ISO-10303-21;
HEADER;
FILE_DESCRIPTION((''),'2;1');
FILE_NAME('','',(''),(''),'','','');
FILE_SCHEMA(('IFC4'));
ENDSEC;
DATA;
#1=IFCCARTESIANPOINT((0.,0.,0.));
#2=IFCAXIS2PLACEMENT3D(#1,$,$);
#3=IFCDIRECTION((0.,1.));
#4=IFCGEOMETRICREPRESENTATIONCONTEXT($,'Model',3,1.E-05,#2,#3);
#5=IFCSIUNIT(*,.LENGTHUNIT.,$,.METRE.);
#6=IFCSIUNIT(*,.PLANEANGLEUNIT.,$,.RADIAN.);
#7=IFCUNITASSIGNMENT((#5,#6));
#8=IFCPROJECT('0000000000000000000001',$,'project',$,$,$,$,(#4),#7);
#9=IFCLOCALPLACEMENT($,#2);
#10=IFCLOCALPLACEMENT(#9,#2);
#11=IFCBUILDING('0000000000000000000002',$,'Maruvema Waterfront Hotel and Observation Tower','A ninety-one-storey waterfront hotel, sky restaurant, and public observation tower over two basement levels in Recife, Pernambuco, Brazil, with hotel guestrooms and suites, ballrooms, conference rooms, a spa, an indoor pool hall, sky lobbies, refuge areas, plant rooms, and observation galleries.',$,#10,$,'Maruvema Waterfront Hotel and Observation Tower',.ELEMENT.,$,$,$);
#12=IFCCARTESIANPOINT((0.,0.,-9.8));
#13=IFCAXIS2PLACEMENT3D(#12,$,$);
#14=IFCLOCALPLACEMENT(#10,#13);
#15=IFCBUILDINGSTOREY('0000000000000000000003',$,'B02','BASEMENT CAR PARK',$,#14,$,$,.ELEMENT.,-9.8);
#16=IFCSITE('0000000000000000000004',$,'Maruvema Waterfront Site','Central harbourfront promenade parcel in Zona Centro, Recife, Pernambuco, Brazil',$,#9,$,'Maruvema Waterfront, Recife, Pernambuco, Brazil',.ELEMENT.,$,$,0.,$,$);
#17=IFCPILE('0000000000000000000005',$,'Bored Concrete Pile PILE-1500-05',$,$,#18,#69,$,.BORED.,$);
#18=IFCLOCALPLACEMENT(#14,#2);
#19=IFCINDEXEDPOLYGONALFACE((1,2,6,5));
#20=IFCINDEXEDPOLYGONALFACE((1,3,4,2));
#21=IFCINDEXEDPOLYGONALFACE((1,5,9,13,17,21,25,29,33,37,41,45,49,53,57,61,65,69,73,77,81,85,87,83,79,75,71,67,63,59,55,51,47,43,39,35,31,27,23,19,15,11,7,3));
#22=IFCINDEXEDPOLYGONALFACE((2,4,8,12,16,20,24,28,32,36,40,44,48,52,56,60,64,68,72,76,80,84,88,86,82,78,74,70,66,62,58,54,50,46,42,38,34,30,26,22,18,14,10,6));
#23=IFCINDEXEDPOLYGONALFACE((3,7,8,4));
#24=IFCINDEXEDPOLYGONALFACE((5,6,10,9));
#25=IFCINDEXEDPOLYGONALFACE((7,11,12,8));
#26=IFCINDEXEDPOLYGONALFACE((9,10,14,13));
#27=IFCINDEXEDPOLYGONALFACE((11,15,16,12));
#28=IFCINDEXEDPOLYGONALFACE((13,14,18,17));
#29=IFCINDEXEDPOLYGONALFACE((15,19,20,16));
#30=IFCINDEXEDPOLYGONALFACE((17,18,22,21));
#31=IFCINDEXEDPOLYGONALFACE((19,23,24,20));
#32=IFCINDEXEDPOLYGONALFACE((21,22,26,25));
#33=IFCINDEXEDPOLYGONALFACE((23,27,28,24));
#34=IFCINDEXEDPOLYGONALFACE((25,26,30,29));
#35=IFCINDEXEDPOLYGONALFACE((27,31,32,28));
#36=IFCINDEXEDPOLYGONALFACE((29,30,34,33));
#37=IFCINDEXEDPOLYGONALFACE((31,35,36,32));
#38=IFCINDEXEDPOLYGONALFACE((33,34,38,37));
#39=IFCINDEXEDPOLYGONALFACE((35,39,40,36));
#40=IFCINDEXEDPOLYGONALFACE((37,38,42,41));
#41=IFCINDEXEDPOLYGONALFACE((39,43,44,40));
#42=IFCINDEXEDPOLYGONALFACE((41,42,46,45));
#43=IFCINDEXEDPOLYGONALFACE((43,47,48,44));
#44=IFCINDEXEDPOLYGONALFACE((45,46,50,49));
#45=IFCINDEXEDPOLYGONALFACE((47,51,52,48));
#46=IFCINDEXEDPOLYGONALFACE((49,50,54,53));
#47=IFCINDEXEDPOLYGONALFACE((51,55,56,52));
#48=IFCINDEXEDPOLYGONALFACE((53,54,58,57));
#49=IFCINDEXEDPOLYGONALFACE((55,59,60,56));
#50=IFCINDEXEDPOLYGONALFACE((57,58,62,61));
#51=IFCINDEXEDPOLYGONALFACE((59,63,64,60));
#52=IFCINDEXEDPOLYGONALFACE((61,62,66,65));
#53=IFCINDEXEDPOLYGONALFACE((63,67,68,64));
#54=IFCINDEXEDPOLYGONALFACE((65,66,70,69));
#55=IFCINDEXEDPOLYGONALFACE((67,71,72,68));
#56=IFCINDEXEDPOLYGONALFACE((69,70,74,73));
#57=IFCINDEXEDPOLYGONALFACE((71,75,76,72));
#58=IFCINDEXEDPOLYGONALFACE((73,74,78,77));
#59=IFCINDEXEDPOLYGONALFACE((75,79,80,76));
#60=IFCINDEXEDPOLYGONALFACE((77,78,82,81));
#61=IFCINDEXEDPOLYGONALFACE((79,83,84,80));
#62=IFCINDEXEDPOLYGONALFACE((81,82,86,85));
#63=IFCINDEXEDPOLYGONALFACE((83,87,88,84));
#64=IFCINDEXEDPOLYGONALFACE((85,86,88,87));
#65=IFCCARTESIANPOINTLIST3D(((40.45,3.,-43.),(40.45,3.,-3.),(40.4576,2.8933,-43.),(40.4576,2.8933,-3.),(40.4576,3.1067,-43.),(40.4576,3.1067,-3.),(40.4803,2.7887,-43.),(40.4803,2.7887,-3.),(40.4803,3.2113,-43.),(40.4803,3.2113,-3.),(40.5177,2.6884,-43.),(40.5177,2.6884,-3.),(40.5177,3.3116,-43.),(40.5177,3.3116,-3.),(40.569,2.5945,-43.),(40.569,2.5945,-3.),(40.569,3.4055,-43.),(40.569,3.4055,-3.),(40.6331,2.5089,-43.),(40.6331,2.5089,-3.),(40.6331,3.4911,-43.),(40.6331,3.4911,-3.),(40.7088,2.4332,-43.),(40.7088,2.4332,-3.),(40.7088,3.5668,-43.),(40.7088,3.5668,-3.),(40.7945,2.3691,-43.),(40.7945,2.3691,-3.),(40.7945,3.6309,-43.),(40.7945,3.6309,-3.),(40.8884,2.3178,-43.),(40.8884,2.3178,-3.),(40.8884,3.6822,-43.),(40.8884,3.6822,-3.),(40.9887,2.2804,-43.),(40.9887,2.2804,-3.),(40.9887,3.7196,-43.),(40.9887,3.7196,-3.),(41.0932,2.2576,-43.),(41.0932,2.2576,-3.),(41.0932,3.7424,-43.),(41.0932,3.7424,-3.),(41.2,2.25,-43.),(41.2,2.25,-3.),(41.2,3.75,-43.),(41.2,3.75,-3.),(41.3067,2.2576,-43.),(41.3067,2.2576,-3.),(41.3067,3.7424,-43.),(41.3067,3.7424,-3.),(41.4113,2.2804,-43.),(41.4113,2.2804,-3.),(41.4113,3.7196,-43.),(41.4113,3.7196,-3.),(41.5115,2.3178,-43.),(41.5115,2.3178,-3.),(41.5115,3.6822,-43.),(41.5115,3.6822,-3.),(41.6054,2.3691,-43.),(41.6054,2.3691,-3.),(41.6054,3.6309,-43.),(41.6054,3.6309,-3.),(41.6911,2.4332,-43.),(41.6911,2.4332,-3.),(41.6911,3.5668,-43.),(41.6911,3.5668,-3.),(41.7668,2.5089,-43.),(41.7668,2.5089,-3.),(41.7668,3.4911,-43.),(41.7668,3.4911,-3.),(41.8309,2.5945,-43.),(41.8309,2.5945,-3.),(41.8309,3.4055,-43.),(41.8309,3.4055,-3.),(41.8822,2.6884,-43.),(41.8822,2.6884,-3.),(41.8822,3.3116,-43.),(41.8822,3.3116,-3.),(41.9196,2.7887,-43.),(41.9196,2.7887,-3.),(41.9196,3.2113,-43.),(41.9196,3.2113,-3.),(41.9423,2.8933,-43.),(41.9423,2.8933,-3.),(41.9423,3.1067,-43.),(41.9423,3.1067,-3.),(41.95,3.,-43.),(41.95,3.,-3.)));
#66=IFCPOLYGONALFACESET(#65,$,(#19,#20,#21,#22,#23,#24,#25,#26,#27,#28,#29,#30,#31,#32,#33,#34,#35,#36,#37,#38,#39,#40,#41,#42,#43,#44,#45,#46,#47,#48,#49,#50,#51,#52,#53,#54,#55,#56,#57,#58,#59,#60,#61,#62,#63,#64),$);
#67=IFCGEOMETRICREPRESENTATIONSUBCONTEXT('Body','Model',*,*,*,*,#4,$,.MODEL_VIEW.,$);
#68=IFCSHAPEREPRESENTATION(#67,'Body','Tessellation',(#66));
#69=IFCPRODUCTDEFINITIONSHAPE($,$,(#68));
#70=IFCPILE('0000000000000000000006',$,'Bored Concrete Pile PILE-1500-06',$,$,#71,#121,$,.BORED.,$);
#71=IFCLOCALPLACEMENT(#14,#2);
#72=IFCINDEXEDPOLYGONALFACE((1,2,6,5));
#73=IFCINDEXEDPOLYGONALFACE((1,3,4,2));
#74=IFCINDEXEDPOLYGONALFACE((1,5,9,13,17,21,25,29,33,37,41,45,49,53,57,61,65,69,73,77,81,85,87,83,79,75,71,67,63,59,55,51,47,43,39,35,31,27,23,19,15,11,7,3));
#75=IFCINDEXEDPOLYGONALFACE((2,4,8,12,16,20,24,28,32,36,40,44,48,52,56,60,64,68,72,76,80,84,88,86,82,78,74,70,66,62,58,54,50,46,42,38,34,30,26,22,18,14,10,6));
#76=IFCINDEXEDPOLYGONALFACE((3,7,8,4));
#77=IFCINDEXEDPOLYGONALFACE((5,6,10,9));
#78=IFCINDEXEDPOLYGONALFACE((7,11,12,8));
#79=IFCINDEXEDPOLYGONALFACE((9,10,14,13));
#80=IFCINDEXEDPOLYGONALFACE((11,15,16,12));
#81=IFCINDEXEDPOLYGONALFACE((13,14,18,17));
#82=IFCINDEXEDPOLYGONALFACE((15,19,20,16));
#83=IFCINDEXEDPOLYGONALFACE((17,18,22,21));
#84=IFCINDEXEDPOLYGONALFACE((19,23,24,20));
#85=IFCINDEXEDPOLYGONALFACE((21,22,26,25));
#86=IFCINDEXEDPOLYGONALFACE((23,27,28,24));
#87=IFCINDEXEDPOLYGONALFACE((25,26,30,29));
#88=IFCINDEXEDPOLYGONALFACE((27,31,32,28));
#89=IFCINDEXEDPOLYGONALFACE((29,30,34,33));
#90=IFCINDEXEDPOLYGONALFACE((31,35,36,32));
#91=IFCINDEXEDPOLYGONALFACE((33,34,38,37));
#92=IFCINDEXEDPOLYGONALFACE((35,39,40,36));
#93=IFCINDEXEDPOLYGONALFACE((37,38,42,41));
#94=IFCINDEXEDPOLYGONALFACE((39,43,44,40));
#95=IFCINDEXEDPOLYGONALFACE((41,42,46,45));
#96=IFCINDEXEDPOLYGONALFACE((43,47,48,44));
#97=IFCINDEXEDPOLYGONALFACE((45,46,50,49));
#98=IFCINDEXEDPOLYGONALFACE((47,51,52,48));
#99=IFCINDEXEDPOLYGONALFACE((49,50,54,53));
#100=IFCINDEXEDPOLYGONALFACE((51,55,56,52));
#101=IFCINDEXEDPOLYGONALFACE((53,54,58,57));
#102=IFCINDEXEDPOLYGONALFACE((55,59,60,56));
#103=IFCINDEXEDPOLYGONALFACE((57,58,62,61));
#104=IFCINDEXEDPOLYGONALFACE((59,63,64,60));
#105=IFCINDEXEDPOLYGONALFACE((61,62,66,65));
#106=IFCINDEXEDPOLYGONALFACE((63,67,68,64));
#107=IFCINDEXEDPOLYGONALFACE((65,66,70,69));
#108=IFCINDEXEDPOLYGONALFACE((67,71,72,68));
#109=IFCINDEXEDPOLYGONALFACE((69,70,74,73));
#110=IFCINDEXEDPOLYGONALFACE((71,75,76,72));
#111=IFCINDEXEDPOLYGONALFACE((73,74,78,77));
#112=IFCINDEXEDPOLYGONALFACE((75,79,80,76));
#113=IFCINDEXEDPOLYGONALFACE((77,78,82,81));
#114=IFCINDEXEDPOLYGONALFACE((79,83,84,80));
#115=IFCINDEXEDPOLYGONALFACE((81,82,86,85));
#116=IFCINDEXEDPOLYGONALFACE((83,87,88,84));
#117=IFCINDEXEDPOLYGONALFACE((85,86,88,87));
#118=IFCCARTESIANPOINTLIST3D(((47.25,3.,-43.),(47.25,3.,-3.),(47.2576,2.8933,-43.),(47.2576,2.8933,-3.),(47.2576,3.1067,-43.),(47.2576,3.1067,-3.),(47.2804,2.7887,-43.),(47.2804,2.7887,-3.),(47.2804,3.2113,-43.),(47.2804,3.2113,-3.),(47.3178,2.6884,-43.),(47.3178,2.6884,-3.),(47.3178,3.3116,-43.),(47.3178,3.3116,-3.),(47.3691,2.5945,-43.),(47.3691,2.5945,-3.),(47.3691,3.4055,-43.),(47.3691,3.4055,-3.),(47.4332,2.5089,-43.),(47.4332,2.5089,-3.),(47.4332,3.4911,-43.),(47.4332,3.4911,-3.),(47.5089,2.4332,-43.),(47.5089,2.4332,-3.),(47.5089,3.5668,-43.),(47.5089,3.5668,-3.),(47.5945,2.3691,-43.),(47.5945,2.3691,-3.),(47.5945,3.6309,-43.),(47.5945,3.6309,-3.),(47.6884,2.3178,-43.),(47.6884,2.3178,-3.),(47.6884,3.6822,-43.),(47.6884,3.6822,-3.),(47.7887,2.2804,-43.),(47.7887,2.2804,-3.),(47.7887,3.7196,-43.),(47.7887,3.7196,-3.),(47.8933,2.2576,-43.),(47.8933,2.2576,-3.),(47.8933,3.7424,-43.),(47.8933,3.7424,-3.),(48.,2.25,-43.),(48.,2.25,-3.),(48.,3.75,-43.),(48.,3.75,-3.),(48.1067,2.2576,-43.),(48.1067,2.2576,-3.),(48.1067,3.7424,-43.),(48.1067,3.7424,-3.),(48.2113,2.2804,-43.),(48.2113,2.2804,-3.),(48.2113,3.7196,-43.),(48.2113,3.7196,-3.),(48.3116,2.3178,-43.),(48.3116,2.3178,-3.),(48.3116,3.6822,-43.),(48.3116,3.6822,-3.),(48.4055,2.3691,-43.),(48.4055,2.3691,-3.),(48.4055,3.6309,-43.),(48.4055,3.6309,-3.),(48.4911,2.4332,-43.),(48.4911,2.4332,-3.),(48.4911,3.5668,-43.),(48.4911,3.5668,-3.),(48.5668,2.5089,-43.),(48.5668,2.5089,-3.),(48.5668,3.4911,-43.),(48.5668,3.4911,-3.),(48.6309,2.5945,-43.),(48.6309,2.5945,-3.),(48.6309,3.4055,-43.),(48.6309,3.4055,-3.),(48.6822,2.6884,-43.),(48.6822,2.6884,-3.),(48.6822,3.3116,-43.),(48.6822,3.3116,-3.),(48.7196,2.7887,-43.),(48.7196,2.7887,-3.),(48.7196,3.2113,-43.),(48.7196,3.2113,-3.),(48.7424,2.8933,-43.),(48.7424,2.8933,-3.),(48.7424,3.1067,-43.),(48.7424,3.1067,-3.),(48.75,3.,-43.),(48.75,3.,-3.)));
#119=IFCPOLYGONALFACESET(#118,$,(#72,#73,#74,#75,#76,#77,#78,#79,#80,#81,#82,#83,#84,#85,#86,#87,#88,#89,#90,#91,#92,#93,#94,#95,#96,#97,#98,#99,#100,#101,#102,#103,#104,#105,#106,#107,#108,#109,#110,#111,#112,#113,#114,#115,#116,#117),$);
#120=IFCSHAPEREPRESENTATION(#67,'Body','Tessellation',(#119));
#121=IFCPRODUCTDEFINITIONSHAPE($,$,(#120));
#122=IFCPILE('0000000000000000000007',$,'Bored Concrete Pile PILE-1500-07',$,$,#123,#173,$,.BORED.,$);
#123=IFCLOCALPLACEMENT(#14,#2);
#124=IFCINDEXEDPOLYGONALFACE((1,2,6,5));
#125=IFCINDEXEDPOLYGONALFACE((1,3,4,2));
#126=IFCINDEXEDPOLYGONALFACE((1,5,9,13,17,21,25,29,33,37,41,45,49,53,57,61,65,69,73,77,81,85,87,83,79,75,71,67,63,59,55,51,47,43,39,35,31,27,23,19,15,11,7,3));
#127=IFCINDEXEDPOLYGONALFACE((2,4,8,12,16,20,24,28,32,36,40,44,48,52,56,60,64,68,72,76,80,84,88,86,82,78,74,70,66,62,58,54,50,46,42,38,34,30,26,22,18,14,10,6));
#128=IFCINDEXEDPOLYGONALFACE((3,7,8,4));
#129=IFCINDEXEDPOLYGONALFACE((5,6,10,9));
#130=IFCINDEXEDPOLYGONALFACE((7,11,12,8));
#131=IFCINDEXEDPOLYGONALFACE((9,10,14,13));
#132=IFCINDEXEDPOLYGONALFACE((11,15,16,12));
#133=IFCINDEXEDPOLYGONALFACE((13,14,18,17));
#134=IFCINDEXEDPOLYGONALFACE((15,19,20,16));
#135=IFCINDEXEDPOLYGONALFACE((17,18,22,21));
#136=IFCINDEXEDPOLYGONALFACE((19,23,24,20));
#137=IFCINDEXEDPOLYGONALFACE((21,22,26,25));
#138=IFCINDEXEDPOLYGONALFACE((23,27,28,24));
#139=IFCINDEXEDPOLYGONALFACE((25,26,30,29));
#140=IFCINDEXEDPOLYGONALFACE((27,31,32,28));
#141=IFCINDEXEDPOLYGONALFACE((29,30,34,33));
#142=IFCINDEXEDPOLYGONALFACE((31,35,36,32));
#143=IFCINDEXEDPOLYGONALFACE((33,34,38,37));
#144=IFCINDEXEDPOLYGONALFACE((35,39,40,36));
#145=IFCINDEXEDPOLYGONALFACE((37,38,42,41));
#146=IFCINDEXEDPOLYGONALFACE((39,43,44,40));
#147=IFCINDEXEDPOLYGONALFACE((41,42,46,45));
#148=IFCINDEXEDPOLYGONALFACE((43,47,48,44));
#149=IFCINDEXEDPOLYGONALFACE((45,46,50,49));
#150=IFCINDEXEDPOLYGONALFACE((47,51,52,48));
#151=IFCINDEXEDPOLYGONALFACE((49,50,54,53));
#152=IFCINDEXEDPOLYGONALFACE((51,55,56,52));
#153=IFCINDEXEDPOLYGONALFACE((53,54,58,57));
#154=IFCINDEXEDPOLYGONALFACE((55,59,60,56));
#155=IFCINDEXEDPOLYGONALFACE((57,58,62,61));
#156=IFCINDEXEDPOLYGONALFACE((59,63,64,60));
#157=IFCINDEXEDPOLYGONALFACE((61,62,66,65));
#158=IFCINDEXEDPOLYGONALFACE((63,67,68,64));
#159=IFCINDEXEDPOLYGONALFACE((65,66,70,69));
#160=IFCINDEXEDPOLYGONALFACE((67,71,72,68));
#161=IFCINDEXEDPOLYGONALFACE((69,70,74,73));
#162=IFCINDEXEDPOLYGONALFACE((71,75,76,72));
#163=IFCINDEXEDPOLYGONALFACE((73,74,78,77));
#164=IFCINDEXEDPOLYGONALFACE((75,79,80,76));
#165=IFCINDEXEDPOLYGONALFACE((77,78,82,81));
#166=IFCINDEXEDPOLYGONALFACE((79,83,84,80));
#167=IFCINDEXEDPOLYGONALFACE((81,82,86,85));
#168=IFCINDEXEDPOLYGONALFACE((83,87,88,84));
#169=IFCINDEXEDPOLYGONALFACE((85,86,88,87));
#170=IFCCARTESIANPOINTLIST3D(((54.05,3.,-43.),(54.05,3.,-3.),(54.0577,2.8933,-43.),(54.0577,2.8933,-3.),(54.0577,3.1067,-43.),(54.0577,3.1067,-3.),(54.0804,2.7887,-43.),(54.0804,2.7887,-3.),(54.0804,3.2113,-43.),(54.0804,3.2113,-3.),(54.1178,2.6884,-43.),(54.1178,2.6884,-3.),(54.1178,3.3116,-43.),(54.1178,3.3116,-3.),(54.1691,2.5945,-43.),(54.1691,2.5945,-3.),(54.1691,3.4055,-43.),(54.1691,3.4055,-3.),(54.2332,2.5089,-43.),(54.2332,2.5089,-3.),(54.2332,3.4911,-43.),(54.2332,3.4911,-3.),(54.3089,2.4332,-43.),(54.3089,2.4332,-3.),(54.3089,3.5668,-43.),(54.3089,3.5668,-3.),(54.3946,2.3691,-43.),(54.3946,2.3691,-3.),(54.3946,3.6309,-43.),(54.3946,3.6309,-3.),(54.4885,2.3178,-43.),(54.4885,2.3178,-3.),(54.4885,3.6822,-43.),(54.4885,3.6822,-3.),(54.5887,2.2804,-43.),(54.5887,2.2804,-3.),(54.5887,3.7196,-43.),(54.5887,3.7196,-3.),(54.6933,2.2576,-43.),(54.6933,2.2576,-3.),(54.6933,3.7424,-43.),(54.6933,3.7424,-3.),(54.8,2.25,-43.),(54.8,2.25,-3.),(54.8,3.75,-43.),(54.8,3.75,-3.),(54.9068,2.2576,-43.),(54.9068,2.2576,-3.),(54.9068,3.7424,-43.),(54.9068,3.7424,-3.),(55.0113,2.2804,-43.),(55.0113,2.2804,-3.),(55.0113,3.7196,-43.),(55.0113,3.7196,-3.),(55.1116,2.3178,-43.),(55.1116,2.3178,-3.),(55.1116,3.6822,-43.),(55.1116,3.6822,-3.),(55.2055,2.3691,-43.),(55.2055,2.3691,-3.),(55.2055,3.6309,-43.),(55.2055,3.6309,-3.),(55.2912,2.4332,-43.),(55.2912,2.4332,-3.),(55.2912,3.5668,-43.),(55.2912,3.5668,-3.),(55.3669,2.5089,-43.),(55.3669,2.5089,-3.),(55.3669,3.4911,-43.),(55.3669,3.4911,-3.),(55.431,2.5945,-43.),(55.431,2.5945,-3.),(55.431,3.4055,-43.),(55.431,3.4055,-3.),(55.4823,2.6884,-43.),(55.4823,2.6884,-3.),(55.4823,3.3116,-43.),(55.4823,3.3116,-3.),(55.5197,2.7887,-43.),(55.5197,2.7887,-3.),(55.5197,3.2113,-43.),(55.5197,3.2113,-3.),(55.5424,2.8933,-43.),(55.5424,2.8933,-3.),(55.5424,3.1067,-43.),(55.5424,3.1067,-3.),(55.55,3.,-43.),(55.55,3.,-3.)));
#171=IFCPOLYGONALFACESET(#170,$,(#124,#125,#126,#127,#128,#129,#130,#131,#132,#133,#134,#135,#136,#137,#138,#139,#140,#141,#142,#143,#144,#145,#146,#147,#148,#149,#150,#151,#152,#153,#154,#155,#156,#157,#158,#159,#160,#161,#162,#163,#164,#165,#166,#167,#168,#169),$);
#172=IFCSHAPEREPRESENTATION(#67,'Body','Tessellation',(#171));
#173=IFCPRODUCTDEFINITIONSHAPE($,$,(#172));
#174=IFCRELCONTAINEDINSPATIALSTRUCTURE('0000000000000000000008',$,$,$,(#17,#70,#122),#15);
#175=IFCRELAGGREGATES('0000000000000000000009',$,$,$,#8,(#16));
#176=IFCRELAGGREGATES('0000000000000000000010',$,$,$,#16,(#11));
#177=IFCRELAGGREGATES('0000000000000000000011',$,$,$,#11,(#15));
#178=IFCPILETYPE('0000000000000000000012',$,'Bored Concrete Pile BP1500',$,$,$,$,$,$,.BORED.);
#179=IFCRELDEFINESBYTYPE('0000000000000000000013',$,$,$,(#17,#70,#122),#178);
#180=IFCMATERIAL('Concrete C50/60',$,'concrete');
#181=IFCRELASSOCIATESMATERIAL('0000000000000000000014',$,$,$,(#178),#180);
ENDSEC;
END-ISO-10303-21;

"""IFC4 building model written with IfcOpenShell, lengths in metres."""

from ifc_helpers import new_model, si_unit, direction, frame, origin, origin_2d, place, context, subcontext, project, spatial, circle, extrude, material, material_profile, profile_set, type_object, element, save


model = new_model("IFC4")

# Units and contexts
model_context = context("Model", 3, precision=1e-05, world=origin(), true_north=direction((0.0, 1.0)))
body_context = subcontext(model_context, "Body", "Model", "MODEL_VIEW")
ifc_project = project(units=[si_unit("LENGTHUNIT", "METRE"), si_unit("PLANEANGLEUNIT", "RADIAN")], contexts=[model_context])

# Site, building, storey
site_placement = place(None, origin())
site = spatial("IfcSite", under=ifc_project, at=site_placement, Name="Maruvema Waterfront Site", Description="Central harbourfront promenade parcel in Zona Centro, Recife, Pernambuco, Brazil", LongName="Maruvema Waterfront, Recife, Pernambuco, Brazil", CompositionType="ELEMENT", RefElevation=0.0)
building_placement = place(site_placement, origin())
building = spatial("IfcBuilding", under=site, at=building_placement, Name="Maruvema Waterfront Hotel and Observation Tower", Description="A ninety-one-storey waterfront hotel, sky restaurant, and public observation tower over two basement levels in Recife, Pernambuco, Brazil, with hotel guestrooms and suites, ballrooms, conference rooms, a spa, an indoor pool hall, sky lobbies, refuge areas, plant rooms, and observation galleries.", LongName="Maruvema Waterfront Hotel and Observation Tower", CompositionType="ELEMENT")
storey_placement = place(building_placement, frame((0.0, 0.0, -9.8)))
storey = spatial("IfcBuildingStorey", under=building, at=storey_placement, Name="B02", Description="BASEMENT CAR PARK", CompositionType="ELEMENT", Elevation=-9.8)

# Piles
ifc_material_1 = material(Name="Concrete C50/60", Category="concrete")
ifc_material_profile_1 = material_profile(ifc_material_1, circle(Radius=0.75, at=origin_2d()), Name="BP1500")
ifc_profile_set_1 = profile_set([ifc_material_profile_1], Name="Concrete C50/60")
pile_type = type_object("IfcPileType", Name="Bored Concrete Pile BP1500", PredefinedType="BORED", material=ifc_profile_set_1)
for number, where, z_axis, x_axis, name in (
    (1, (41.2, 3.0, -3.0), (0.0, 0.0, -1.0), (1.0, 0.0, 0.0), "Bored Concrete Pile PILE-1500-05"),
    (2, (48.0, 3.0, -3.0), (0.0, 0.0, -1.0), (1.0, 0.0, 0.0), "Bored Concrete Pile PILE-1500-06"),
    (3, (54.8, 3.0, -3.0), (0.0, 0.0, -1.0), (1.0, 0.0, 0.0), "Bored Concrete Pile PILE-1500-07"),
):
    element("IfcPile", number, at=place(storey_placement, frame(where, z_axis=z_axis, x_axis=x_axis)), inside=storey, type_object=pile_type, Name=name, PredefinedType="BORED", context=body_context, shape_type="SweptSolid", body=[
        extrude(circle(Radius=0.75, at=origin_2d()), origin(), (0.0, 0.0, 1.0), 40.0),
    ])

save(model, "model.ifc")
